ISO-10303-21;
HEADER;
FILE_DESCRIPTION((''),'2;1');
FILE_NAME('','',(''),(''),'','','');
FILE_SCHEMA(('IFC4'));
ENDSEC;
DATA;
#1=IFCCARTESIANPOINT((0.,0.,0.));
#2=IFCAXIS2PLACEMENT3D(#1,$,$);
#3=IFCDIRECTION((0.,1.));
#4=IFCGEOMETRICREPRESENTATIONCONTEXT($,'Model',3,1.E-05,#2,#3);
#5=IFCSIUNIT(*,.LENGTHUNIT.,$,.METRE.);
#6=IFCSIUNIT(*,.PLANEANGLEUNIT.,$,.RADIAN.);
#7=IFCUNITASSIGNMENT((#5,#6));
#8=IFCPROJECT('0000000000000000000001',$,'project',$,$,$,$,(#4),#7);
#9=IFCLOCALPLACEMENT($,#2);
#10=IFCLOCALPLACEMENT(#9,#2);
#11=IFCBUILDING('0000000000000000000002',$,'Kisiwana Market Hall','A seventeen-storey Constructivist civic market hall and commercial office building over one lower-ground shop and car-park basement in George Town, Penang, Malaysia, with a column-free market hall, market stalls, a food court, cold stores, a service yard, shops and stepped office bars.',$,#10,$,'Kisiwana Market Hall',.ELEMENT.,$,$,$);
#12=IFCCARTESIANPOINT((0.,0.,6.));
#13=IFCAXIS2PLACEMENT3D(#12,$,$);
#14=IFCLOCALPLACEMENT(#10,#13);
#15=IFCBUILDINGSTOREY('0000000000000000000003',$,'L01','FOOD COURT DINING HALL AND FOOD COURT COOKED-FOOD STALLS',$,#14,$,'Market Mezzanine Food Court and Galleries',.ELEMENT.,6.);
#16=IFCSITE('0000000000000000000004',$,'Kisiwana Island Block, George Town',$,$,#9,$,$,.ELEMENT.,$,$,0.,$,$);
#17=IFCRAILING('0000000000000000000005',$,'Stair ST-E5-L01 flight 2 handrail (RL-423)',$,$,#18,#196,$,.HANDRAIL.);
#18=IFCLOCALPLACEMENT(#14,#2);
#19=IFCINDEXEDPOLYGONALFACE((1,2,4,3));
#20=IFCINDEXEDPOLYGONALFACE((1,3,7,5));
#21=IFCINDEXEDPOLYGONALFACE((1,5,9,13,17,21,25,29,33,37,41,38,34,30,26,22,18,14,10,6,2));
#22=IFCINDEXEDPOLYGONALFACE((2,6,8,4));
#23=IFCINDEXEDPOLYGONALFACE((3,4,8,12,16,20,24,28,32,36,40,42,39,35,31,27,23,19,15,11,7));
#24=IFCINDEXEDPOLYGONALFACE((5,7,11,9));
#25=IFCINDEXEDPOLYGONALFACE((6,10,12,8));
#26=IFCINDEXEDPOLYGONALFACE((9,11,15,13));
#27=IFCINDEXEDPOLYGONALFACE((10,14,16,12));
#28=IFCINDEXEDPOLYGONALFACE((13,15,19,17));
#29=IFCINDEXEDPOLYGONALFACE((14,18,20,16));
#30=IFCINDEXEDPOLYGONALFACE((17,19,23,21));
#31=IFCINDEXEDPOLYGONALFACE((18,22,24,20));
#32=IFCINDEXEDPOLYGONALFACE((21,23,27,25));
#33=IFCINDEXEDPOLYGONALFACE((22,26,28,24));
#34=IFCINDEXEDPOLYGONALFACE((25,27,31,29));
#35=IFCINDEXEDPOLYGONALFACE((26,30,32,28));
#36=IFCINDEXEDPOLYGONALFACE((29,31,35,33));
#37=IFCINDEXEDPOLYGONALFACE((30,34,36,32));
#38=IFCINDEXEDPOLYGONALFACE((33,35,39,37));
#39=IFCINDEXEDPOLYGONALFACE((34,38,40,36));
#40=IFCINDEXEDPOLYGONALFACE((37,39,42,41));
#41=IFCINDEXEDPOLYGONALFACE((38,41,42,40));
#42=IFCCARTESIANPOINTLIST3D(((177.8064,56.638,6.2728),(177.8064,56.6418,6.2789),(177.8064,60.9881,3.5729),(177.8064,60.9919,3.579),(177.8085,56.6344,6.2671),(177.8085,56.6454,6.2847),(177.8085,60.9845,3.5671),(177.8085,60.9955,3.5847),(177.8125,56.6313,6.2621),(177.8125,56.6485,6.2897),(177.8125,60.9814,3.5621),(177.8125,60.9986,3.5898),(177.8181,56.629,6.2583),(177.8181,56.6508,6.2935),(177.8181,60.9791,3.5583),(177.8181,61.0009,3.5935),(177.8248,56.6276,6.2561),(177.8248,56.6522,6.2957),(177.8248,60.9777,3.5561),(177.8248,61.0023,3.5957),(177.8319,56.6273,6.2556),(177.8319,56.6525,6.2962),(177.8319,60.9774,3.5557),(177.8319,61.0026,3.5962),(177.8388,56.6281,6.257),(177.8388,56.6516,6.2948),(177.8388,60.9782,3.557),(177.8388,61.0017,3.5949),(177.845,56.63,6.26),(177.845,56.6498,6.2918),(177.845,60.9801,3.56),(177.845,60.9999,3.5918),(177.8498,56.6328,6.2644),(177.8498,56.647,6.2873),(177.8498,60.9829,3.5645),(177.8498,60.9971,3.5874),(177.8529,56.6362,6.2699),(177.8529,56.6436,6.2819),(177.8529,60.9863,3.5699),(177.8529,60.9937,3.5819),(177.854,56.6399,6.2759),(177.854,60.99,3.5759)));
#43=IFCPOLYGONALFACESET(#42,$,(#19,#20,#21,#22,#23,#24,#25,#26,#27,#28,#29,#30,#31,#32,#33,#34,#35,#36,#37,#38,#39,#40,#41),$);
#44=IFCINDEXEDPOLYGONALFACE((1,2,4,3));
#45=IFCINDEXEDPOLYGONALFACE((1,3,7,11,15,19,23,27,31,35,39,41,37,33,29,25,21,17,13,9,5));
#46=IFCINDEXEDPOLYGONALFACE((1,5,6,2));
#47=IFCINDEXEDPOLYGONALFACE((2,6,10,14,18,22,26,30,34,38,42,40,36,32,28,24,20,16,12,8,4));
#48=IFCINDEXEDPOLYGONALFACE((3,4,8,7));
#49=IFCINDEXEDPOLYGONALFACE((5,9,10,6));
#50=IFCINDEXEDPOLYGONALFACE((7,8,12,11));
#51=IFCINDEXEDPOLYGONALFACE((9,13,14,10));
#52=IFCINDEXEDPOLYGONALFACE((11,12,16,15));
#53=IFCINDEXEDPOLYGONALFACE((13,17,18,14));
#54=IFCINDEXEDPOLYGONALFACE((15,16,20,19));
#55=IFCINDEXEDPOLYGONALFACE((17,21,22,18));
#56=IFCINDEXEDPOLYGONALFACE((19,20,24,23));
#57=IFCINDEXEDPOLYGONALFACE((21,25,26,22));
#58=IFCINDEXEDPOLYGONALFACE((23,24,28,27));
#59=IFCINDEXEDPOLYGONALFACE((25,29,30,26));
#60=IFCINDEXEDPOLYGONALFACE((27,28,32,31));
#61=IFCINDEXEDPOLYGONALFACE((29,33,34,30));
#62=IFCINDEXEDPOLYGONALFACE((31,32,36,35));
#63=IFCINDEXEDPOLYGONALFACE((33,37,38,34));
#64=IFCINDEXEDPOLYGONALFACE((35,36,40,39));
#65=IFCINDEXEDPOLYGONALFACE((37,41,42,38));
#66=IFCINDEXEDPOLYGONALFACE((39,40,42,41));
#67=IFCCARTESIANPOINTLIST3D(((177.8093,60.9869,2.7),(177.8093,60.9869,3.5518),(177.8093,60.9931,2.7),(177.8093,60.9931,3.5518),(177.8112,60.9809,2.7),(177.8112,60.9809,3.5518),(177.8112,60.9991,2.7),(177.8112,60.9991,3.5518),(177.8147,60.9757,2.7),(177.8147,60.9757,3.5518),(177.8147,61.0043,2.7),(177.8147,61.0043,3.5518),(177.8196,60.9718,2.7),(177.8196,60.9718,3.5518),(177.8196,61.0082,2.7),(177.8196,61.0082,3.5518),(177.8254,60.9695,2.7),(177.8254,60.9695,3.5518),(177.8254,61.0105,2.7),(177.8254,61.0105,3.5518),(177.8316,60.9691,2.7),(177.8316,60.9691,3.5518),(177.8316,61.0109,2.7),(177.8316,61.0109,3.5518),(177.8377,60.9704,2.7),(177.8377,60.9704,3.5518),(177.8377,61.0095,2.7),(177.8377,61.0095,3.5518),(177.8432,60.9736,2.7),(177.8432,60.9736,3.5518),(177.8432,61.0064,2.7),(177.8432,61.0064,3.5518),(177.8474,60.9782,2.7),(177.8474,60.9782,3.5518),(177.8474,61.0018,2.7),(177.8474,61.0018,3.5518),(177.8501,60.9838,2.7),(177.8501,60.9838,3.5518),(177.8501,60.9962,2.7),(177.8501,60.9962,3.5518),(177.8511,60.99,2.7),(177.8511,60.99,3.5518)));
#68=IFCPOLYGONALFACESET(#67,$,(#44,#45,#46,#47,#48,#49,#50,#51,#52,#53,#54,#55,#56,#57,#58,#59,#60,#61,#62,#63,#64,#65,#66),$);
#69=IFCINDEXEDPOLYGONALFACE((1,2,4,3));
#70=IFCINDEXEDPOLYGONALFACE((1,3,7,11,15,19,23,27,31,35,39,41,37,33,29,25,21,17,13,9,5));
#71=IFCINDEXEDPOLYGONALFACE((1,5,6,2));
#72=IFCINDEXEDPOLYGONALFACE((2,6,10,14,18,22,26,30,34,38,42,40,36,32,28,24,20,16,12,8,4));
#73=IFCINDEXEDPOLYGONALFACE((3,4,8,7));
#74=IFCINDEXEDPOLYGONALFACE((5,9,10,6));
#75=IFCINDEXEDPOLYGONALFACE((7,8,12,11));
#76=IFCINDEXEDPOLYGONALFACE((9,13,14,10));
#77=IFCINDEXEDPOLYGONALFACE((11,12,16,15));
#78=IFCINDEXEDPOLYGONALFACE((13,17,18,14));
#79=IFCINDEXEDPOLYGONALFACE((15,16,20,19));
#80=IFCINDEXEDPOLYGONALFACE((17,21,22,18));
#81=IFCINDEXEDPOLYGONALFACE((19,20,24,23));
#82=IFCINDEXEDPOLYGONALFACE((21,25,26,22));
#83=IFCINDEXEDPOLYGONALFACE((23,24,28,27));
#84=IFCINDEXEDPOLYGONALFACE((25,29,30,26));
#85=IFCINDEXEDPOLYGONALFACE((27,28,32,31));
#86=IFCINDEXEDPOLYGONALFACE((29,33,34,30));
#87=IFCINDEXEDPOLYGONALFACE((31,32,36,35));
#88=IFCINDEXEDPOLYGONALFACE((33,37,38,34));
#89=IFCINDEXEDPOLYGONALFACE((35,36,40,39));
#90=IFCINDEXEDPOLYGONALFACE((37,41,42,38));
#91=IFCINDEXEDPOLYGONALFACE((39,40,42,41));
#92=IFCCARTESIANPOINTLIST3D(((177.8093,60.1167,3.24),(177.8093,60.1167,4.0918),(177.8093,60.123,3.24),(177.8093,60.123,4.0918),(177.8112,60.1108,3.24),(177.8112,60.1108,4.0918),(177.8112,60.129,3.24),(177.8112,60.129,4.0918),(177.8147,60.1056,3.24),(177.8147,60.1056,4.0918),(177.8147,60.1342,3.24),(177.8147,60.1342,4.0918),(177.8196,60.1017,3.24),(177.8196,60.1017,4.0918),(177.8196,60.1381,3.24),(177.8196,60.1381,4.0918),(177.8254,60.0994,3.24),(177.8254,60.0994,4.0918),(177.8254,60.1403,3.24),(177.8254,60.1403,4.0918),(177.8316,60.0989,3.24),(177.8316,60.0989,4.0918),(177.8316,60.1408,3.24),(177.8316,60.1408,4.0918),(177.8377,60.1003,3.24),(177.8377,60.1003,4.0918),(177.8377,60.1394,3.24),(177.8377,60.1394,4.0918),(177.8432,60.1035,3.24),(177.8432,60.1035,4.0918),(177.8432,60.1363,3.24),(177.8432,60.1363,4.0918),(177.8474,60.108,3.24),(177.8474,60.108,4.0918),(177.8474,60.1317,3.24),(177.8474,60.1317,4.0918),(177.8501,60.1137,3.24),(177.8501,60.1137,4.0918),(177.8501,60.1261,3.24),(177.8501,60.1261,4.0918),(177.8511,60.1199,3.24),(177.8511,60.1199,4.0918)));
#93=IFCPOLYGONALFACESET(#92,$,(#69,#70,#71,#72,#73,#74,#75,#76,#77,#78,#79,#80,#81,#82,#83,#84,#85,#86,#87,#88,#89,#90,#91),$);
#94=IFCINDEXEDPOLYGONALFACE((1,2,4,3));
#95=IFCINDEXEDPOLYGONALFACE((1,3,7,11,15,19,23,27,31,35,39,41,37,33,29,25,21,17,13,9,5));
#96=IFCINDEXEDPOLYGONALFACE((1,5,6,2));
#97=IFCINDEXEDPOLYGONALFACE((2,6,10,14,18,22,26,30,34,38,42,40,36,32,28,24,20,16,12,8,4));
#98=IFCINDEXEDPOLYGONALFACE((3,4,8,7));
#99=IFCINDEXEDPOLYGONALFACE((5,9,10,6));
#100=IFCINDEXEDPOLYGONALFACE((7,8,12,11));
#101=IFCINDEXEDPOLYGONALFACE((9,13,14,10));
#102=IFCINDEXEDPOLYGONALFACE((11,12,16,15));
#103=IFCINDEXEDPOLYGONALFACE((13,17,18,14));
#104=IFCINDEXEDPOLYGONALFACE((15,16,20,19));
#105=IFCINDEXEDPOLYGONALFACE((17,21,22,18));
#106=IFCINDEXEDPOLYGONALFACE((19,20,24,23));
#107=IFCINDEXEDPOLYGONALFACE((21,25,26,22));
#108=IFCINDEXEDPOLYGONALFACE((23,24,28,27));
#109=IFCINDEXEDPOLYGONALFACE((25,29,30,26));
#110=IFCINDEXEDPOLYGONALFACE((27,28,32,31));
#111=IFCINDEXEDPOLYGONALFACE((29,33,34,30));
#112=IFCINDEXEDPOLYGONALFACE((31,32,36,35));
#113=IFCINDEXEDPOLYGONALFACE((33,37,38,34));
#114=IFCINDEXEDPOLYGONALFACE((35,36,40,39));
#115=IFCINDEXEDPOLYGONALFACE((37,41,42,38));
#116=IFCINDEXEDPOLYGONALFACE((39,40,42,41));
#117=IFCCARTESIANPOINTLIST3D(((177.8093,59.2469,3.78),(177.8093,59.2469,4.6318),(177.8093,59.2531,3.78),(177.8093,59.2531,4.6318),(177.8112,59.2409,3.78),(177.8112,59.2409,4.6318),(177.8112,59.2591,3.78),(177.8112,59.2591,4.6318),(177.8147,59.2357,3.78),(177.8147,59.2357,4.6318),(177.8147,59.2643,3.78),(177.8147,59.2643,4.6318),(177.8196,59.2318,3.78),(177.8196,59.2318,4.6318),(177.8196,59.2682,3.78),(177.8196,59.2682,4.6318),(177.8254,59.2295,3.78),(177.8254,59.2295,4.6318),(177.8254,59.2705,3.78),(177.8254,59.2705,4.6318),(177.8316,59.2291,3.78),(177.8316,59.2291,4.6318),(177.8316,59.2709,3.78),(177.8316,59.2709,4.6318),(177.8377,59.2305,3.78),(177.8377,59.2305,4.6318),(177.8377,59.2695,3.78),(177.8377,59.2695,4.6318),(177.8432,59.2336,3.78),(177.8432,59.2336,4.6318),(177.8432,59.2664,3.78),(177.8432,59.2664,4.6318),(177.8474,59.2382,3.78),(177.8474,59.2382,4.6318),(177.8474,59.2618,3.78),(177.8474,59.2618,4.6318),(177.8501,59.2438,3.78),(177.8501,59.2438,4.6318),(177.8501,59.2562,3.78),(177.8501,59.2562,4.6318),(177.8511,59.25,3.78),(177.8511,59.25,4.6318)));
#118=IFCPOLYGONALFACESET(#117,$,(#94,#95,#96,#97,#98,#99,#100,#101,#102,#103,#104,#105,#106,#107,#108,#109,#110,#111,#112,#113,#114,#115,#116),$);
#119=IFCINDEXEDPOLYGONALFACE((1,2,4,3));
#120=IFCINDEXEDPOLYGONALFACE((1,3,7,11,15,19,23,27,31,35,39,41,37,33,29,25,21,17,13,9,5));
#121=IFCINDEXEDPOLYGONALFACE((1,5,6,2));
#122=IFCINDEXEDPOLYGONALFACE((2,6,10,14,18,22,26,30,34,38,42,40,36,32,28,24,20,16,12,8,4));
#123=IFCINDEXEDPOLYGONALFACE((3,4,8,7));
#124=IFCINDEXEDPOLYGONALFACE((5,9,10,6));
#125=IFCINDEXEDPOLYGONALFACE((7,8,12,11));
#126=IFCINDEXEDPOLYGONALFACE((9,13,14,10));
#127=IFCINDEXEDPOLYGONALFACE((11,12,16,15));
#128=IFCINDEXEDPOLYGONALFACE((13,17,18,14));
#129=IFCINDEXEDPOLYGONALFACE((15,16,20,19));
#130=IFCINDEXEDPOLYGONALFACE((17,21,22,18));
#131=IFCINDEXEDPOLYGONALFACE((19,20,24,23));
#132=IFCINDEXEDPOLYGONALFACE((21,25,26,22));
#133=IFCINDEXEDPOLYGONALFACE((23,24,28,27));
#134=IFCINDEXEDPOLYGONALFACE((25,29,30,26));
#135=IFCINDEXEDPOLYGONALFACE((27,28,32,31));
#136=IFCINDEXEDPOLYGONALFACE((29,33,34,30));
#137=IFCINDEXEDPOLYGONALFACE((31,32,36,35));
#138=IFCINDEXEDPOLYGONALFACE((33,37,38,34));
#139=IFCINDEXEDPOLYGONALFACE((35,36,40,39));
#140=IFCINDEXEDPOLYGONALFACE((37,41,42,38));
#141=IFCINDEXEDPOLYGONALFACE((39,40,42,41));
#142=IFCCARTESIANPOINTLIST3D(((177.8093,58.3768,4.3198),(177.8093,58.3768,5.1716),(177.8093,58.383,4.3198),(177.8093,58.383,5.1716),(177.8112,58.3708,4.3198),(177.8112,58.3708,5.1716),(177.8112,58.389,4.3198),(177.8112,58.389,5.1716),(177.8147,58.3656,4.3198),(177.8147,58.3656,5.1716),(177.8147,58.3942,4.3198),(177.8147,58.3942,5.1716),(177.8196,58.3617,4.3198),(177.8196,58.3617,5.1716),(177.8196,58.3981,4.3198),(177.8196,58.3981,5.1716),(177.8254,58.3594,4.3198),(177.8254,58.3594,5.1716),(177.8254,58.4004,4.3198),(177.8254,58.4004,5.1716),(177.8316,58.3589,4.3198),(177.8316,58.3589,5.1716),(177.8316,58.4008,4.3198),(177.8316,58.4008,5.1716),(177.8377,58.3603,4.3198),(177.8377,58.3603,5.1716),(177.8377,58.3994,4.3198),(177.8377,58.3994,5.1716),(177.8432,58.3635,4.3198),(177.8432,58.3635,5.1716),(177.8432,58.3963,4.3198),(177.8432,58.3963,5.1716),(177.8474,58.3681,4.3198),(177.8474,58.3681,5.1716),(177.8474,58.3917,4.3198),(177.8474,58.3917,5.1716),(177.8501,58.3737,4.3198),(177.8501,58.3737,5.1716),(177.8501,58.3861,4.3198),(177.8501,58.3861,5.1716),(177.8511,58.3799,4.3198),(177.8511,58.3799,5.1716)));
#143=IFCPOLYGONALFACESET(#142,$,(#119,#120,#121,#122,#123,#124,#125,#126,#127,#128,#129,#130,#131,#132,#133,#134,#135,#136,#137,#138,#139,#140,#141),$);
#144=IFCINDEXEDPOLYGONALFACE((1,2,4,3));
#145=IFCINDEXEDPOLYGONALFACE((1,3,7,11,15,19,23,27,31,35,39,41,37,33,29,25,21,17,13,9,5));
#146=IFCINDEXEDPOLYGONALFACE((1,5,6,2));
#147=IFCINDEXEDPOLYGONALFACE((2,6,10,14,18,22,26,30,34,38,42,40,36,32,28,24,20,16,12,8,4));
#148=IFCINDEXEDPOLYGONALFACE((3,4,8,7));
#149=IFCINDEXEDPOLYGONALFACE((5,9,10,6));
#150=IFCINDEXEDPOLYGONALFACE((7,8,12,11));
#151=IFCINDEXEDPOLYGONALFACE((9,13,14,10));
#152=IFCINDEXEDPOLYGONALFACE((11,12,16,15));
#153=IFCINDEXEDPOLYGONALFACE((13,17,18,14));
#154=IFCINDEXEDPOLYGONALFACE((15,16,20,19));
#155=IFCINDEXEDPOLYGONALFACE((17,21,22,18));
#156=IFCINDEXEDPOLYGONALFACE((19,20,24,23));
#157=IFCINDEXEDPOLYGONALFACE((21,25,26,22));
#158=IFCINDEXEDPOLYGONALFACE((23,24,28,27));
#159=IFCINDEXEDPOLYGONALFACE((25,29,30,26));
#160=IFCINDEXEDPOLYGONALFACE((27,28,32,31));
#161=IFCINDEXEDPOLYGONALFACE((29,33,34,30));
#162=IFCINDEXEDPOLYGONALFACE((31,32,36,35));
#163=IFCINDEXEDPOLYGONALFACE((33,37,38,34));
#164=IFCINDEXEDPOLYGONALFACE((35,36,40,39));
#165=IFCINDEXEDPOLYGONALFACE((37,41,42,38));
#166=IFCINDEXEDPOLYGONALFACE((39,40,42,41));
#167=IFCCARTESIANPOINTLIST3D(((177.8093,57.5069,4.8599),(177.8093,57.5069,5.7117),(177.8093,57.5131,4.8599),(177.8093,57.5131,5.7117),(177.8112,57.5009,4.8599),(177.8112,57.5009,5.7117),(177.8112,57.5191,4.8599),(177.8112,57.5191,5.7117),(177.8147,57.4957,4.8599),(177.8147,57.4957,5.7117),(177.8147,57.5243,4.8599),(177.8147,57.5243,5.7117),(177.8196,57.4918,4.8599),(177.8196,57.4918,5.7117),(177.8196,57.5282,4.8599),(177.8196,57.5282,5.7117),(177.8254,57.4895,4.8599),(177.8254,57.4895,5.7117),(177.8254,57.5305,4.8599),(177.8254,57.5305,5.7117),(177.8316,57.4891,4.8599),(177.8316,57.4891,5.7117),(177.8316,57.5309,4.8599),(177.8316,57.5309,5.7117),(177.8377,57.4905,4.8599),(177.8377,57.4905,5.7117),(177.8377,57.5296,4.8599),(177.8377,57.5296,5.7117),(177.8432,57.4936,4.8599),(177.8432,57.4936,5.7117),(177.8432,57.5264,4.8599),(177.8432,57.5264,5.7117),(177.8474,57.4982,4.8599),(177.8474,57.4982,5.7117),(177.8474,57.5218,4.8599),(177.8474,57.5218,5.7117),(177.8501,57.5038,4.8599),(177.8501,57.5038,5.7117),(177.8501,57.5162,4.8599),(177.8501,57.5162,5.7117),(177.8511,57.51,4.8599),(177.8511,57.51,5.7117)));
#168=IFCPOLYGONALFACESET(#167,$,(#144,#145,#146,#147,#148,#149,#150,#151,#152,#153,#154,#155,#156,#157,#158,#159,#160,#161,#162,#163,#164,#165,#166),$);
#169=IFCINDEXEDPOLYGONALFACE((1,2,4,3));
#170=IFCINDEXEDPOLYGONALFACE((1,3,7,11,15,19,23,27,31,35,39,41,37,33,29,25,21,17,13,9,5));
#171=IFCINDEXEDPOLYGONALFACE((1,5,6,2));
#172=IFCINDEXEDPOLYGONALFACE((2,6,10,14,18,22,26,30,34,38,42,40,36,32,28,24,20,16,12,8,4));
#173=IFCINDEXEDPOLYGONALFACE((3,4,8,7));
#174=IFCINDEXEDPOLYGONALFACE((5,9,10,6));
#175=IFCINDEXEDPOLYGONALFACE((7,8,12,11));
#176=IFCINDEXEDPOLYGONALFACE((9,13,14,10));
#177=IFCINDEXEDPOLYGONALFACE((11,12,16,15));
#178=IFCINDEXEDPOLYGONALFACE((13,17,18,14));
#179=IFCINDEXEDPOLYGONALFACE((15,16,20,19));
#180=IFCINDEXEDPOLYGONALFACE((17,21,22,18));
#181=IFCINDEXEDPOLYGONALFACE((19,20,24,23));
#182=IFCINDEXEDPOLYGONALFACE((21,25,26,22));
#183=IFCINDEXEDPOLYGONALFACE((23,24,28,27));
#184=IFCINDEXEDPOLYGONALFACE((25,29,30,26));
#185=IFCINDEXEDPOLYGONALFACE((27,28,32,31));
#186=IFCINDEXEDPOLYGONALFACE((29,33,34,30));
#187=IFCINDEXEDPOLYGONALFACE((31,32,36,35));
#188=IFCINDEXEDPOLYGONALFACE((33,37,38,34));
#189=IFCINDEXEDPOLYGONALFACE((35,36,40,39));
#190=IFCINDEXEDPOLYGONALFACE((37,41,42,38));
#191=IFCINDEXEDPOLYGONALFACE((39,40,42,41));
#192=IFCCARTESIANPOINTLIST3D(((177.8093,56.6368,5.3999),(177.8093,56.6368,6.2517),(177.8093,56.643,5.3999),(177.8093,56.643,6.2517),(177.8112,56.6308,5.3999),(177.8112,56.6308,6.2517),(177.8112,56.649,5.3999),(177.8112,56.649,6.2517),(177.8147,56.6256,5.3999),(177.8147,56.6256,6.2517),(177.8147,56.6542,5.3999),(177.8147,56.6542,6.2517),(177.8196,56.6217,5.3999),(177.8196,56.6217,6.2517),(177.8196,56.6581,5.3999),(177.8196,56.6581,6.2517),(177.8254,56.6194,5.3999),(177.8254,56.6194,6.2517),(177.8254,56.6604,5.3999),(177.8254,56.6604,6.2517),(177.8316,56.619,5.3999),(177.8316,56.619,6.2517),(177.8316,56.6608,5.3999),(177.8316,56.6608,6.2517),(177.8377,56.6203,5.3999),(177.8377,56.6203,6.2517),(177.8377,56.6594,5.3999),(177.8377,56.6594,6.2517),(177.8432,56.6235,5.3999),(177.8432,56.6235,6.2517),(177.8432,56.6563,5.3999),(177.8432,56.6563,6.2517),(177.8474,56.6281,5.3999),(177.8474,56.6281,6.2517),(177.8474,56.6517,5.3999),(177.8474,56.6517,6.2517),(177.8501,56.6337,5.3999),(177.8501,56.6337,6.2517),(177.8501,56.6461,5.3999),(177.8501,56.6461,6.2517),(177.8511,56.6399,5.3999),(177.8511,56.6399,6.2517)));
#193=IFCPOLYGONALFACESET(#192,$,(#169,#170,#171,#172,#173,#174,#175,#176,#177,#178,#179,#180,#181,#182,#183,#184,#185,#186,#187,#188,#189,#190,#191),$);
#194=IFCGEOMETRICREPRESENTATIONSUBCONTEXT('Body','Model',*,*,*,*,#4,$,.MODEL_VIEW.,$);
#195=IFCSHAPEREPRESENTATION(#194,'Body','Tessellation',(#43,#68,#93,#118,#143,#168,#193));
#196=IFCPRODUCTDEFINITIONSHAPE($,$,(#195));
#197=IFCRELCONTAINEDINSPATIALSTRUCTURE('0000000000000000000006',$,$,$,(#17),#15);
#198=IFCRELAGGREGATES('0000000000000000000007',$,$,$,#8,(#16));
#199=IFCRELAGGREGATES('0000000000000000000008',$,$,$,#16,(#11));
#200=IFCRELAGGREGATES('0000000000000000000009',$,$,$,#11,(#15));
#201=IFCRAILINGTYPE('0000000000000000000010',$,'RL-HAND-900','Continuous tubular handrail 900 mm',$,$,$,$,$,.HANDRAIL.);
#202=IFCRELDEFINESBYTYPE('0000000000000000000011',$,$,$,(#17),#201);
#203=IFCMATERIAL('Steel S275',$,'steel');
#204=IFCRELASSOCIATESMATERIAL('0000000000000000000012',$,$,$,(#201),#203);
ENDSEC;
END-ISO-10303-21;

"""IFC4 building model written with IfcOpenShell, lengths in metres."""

from ifc_helpers import new_model, si_unit, direction, frame, origin, origin_2d, place, context, subcontext, project, spatial, circle, extrude, material, type_object, element, save


model = new_model("IFC4")

# Units and contexts
model_context = context("Model", 3, precision=1e-05, world=origin(), true_north=direction((0.0, 1.0)))
body_context = subcontext(model_context, "Body", "Model", "MODEL_VIEW")
ifc_project = project(units=[si_unit("LENGTHUNIT", "METRE"), si_unit("PLANEANGLEUNIT", "RADIAN")], contexts=[model_context])

# Site, building, storey
site_placement = place(None, origin())
site = spatial("IfcSite", under=ifc_project, at=site_placement, Name="Kisiwana Island Block, George Town", CompositionType="ELEMENT", RefElevation=0.0)
building_placement = place(site_placement, origin())
building = spatial("IfcBuilding", under=site, at=building_placement, Name="Kisiwana Market Hall", Description="A seventeen-storey Constructivist civic market hall and commercial office building over one lower-ground shop and car-park basement in George Town, Penang, Malaysia, with a column-free market hall, market stalls, a food court, cold stores, a service yard, shops and stepped office bars.", LongName="Kisiwana Market Hall", CompositionType="ELEMENT")
storey_placement = place(building_placement, frame((0.0, 0.0, 6.0)))
storey = spatial("IfcBuildingStorey", under=building, at=storey_placement, Name="L01", Description="FOOD COURT DINING HALL AND FOOD COURT COOKED-FOOD STALLS", LongName="Market Mezzanine Food Court and Galleries", CompositionType="ELEMENT", Elevation=6.0)

# Railing
ifc_material_1 = material(Name="Steel S275", Category="steel")
railing_type_1 = type_object("IfcRailingType", Name="RL-HAND-900", Description="Continuous tubular handrail 900 mm", PredefinedType="HANDRAIL", material=ifc_material_1)
for number, where, name in (
    (1, (177.8301, 60.99, 2.7), "Stair ST-E5-L01 flight 2 handrail (RL-423)"),
):
    element("IfcRailing", number, at=place(storey_placement, frame(where)), inside=storey, type_object=railing_type_1, Name=name, PredefinedType="HANDRAIL", context=body_context, shape_type="SweptSolid", body=[
        extrude(circle(Radius=0.0239, at=origin_2d()), frame((0.0, 0.0, 0.876), z_axis=(0.0, -0.84965, 0.527347), x_axis=(1.0, 0.0, 0.0)), (0.0, 0.0, 1.0), 5.1199),
        extrude(circle(Radius=0.021, at=origin_2d()), origin(), (0.0, 0.0, 1.0), 0.8518),
        extrude(circle(Radius=0.021, at=origin_2d()), frame((0.0, -0.8701, 0.54)), (0.0, 0.0, 1.0), 0.8518),
        extrude(circle(Radius=0.021, at=origin_2d()), frame((0.0, -1.74, 1.0801)), (0.0, 0.0, 1.0), 0.8518),
        extrude(circle(Radius=0.021, at=origin_2d()), frame((0.0, -2.6101, 1.6199)), (0.0, 0.0, 1.0), 0.8518),
        extrude(circle(Radius=0.021, at=origin_2d()), frame((0.0, -3.48, 2.1599)), (0.0, 0.0, 1.0), 0.8518),
        extrude(circle(Radius=0.021, at=origin_2d()), frame((0.0, -4.3501, 2.7)), (0.0, 0.0, 1.0), 0.8518),
    ])

save(model, "model.ifc")
